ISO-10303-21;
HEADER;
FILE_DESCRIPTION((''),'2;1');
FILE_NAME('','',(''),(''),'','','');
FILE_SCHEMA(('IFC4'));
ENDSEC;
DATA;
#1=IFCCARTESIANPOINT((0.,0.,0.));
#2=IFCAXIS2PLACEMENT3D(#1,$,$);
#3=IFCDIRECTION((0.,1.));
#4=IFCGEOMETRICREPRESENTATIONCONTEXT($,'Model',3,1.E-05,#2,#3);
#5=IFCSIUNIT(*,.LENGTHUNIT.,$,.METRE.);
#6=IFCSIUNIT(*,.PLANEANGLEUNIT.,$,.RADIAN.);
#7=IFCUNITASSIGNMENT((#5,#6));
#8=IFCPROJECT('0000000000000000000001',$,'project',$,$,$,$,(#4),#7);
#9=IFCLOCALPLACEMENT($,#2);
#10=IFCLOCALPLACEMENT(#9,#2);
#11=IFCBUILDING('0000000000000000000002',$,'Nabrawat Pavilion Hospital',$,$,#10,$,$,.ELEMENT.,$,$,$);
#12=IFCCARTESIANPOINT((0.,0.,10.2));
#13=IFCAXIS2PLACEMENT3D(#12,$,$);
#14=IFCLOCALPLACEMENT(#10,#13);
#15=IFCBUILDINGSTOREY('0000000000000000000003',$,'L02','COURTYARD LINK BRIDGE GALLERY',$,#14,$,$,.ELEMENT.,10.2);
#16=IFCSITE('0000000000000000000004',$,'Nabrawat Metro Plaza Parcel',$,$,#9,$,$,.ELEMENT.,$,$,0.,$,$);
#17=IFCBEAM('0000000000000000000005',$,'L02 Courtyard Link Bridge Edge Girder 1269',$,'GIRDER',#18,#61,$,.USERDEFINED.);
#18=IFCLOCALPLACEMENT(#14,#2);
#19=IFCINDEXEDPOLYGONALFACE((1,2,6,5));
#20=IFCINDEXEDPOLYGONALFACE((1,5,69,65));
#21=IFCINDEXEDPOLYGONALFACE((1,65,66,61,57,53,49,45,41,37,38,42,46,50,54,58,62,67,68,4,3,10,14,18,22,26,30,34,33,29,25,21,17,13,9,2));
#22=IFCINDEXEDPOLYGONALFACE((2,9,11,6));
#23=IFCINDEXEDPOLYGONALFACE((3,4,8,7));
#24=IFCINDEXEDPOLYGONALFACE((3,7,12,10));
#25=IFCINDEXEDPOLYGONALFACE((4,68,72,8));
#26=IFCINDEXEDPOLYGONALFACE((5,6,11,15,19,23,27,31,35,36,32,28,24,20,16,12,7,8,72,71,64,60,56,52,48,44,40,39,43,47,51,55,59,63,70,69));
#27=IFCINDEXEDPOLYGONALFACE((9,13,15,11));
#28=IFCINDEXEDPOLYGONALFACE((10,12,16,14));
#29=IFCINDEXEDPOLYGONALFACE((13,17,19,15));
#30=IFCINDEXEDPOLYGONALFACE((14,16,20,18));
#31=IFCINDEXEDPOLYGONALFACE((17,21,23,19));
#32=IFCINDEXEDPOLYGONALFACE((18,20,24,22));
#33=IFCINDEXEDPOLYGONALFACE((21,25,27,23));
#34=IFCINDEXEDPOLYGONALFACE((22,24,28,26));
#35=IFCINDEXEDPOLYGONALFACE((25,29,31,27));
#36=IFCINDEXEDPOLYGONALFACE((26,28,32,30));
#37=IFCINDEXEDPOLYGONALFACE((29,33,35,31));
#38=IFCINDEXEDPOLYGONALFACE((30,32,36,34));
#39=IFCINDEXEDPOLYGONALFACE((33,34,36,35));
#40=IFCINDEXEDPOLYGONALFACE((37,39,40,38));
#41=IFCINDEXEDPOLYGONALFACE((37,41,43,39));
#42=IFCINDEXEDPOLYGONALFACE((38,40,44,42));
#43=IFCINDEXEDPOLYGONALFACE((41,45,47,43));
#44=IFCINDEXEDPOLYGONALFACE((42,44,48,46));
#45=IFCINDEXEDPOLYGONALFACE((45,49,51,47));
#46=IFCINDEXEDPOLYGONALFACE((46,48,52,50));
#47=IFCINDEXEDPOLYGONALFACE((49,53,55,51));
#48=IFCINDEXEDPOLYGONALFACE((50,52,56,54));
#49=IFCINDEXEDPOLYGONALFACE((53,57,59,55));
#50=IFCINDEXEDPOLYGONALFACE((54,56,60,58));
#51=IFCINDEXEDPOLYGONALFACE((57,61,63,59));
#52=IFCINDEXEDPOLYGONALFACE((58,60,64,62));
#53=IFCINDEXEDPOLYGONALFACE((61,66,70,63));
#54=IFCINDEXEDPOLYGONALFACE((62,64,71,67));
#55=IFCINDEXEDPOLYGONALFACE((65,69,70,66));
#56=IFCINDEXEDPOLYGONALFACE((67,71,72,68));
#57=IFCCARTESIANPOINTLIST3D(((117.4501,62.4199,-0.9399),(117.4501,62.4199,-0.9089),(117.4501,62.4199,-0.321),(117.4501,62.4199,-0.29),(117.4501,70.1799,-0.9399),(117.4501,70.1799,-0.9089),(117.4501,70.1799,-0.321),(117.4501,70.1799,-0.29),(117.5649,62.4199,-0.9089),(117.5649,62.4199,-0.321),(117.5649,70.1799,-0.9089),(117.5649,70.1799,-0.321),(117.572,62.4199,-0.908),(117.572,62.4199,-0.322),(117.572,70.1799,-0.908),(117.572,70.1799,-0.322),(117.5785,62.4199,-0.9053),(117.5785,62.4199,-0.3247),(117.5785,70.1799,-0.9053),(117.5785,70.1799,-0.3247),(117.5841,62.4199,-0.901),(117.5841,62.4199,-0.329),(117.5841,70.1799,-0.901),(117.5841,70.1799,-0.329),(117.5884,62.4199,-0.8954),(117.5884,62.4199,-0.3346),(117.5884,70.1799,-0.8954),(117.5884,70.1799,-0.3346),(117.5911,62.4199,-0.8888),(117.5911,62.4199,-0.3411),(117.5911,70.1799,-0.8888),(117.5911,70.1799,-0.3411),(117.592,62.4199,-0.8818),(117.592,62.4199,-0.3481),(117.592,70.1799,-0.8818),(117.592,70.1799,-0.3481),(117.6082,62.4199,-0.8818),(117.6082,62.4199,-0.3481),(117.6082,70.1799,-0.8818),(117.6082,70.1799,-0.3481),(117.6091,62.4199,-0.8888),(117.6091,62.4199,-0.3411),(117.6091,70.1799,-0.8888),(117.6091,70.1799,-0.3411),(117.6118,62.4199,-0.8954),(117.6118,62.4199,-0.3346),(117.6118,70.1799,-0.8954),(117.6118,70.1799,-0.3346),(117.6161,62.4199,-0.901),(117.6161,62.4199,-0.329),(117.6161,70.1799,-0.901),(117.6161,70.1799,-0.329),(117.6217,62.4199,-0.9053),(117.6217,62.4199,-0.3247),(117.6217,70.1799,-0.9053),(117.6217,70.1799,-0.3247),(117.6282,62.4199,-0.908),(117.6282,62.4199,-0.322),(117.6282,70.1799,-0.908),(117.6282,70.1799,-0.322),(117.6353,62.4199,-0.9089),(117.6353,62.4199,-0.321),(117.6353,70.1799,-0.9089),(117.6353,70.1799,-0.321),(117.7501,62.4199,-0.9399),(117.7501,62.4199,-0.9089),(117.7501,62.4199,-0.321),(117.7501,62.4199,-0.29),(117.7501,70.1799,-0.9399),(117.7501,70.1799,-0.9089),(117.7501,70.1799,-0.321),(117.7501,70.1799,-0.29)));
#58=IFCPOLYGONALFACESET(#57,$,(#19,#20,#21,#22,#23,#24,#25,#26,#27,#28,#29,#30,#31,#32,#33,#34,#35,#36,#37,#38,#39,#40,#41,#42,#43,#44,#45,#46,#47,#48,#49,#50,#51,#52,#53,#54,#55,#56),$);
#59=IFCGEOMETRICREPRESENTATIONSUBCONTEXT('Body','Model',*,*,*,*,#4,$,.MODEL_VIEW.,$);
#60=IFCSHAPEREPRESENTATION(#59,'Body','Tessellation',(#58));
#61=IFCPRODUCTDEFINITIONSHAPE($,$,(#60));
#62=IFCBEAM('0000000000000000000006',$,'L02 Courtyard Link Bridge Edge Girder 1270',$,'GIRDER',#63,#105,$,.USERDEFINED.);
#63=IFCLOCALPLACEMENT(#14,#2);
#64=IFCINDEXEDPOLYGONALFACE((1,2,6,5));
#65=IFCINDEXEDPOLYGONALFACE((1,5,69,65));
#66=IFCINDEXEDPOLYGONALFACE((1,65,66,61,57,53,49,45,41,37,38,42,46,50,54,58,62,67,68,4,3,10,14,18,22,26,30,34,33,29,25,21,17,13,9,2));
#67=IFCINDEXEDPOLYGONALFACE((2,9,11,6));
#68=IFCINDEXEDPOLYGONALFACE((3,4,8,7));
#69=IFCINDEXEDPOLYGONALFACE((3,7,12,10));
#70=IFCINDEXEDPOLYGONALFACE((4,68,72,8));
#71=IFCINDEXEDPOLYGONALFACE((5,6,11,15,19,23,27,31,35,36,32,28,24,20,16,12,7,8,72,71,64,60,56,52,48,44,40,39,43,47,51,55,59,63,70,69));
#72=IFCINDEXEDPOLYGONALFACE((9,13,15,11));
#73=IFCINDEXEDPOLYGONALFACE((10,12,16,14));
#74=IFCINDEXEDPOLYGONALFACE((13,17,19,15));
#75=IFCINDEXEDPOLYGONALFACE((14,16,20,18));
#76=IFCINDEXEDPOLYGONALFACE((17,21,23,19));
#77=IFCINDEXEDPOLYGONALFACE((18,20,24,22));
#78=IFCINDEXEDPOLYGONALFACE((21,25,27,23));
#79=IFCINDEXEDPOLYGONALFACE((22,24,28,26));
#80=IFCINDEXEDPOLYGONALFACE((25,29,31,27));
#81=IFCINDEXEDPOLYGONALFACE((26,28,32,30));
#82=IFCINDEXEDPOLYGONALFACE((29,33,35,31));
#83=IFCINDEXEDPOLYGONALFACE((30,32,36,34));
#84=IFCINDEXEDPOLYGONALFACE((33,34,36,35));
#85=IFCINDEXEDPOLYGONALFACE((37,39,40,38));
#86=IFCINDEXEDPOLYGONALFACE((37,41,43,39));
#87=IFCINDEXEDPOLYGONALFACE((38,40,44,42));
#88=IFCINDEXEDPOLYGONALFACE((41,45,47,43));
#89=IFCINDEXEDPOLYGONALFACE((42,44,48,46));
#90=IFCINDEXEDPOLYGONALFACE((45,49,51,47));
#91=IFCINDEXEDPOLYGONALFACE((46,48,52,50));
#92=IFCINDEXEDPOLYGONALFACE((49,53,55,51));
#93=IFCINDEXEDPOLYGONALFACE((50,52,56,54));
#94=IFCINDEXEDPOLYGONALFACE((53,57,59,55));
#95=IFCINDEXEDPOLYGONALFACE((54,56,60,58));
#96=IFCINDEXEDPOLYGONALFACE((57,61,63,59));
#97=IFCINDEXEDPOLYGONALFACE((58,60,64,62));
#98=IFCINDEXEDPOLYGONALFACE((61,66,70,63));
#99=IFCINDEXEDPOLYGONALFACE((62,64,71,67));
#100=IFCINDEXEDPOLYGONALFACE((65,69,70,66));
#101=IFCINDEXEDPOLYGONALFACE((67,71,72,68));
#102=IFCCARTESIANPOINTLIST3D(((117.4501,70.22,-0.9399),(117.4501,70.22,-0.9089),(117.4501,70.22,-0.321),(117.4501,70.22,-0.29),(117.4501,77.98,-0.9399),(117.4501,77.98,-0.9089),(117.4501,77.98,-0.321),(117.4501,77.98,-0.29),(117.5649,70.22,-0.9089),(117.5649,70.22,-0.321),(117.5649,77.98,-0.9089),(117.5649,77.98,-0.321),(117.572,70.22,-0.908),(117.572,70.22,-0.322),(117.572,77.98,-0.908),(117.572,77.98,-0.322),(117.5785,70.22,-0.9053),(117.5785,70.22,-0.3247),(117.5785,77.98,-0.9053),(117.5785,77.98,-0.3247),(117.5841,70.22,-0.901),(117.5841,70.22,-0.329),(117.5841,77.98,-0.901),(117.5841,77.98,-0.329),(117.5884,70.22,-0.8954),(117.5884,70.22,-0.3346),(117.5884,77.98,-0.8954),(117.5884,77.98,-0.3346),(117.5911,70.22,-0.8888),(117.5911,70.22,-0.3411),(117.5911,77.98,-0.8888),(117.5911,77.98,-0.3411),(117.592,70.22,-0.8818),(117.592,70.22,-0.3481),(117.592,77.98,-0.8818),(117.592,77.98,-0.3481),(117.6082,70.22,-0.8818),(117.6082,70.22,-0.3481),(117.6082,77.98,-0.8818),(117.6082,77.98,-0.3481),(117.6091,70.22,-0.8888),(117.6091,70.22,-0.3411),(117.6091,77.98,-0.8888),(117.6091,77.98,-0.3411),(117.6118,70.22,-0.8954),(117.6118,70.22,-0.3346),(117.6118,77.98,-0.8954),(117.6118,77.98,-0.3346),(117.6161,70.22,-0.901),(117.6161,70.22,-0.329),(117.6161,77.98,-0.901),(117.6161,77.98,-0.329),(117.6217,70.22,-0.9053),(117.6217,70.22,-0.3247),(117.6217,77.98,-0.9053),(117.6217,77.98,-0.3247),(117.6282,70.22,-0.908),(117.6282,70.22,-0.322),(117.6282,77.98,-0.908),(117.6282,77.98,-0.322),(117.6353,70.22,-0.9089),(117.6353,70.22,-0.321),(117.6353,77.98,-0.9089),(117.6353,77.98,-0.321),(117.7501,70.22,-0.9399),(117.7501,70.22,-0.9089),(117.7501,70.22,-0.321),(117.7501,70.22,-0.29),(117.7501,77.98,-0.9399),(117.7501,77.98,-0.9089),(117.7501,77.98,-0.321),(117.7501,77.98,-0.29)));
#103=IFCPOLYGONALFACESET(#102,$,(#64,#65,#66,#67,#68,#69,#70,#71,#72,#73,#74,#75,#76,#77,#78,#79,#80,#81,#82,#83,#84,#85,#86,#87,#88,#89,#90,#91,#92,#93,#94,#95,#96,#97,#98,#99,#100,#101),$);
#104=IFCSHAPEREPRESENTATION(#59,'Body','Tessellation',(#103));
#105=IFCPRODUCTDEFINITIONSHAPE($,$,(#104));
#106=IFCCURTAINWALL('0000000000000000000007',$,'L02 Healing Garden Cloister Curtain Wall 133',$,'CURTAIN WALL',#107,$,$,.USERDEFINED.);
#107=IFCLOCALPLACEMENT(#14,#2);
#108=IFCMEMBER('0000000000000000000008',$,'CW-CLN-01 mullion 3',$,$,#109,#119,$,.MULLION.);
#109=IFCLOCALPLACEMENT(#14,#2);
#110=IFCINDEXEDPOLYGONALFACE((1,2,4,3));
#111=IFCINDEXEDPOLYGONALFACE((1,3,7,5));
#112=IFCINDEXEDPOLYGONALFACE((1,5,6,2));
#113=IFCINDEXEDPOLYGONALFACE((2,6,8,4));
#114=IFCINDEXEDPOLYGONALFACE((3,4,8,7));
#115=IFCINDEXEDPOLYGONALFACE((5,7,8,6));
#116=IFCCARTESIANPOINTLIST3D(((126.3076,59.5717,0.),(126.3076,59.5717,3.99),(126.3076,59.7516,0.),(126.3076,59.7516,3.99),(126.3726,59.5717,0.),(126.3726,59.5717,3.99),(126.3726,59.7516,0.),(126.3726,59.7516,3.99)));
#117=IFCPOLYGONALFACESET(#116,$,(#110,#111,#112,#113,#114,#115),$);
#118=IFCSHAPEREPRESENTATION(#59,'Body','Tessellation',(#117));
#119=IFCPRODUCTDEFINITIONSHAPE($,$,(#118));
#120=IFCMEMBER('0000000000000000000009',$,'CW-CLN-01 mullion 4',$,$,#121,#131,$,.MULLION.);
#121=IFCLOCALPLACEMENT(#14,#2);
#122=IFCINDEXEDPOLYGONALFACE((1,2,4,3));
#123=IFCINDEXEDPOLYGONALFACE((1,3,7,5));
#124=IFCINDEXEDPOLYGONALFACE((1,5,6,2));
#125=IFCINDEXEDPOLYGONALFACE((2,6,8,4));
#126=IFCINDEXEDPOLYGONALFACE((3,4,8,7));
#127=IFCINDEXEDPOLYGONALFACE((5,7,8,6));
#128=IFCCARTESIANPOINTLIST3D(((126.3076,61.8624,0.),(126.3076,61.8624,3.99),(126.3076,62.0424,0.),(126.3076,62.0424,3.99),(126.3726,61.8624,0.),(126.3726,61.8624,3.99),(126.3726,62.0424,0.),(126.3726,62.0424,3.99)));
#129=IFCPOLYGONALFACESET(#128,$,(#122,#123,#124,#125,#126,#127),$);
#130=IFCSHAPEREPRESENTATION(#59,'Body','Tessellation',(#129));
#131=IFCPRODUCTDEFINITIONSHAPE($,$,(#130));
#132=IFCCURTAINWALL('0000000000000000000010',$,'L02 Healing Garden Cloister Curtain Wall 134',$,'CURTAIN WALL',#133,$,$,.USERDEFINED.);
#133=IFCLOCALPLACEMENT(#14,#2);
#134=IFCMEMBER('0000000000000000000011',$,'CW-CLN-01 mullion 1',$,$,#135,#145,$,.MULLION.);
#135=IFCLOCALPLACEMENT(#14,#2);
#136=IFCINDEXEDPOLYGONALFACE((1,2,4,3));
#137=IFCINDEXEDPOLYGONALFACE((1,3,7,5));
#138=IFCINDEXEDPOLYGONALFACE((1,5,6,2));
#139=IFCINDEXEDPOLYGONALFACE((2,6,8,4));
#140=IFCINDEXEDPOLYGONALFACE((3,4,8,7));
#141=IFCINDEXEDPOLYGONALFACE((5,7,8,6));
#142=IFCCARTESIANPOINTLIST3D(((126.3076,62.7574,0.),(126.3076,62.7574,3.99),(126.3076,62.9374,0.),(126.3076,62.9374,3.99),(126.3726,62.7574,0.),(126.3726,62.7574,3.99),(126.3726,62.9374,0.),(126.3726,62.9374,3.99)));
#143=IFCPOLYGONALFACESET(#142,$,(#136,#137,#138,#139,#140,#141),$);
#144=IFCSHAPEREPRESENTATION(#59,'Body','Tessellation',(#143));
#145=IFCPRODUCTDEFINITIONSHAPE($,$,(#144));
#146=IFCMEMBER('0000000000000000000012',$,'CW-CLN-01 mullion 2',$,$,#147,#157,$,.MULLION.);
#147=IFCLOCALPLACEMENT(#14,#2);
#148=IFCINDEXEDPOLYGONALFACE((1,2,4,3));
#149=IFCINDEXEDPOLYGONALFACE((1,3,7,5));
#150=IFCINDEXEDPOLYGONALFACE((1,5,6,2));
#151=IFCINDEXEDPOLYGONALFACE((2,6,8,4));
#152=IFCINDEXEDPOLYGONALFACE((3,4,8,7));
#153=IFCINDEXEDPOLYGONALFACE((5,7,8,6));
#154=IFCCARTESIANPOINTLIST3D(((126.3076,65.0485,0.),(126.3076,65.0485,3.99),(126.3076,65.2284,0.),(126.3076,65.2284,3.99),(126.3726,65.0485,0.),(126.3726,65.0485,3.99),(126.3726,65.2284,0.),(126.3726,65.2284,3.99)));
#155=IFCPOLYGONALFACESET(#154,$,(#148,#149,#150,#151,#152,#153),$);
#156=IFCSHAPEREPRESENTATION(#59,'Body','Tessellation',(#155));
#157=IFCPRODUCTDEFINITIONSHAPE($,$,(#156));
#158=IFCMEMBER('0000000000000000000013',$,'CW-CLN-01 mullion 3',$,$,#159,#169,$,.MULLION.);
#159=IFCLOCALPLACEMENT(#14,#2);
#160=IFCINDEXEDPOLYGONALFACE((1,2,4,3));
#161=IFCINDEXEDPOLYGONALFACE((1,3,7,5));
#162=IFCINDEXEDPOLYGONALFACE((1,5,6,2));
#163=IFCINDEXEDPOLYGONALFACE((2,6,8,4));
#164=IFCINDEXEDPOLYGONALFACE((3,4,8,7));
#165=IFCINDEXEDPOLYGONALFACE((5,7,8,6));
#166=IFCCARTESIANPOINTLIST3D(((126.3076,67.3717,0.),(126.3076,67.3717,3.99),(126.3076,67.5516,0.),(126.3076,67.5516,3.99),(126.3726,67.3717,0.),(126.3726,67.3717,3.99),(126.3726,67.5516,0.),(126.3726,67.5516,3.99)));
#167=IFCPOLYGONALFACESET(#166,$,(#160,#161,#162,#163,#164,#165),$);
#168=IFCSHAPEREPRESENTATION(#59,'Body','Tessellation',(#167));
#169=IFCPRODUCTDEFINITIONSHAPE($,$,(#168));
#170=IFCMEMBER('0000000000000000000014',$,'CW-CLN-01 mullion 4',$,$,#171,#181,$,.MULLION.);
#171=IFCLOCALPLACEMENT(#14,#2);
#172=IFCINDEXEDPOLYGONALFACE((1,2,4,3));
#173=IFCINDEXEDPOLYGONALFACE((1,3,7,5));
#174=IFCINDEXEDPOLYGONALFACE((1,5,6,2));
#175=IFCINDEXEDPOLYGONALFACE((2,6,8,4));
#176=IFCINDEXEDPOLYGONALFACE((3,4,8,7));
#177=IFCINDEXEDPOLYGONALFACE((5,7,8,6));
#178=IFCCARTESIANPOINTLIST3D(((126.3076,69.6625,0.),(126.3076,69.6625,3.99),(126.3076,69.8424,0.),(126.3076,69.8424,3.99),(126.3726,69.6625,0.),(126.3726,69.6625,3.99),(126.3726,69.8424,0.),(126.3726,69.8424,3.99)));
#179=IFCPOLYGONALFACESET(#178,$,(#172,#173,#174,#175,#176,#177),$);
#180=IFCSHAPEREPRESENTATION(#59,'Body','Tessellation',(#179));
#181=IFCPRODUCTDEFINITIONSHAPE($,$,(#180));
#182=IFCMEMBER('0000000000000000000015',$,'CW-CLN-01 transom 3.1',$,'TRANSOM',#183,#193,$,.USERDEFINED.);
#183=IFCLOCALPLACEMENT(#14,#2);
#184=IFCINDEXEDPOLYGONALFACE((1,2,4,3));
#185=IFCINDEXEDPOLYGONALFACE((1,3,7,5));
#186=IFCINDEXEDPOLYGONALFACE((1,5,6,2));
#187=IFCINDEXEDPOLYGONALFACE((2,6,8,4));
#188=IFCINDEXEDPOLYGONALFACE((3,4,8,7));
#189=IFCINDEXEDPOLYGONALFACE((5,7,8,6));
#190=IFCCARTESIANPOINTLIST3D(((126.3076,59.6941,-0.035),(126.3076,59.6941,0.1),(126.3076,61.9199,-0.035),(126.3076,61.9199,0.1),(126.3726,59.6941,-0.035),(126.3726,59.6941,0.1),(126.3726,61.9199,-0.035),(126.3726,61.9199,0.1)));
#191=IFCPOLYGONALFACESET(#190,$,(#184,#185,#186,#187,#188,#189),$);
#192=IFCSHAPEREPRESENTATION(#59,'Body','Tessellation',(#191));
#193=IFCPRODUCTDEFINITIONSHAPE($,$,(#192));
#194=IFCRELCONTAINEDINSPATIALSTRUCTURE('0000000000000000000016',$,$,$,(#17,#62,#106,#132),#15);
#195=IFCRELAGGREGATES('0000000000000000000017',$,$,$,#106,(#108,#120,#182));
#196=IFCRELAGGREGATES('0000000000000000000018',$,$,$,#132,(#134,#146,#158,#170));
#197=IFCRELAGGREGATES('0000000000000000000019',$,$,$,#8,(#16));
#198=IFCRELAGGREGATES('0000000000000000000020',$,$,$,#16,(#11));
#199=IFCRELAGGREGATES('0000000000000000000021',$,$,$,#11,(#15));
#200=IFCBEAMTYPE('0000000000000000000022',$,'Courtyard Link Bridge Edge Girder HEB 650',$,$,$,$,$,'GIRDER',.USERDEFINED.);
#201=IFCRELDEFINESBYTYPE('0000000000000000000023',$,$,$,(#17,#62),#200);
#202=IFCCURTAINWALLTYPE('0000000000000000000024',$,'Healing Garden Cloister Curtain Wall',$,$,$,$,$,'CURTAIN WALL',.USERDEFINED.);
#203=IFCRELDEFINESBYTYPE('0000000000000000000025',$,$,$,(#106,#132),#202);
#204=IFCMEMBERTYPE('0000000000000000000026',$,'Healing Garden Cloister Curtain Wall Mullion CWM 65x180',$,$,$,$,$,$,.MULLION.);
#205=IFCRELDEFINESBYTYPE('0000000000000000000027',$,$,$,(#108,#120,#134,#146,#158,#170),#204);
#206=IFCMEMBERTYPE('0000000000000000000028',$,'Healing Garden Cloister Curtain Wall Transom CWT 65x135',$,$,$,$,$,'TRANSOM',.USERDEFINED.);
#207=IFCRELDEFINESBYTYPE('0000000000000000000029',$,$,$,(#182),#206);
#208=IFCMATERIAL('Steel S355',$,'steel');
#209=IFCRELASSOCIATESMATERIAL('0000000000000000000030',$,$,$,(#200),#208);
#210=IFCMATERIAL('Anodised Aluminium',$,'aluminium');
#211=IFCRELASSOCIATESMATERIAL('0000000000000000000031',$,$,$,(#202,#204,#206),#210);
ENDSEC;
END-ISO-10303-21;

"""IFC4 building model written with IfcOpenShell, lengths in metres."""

from ifc_helpers import new_model, si_unit, direction, frame, origin, origin_2d, place, context, subcontext, project, spatial, rectangle, i_section, extrude, material, material_profile, profile_set, type_object, element, aggregate, save


model = new_model("IFC4")

# Units and contexts
model_context = context("Model", 3, precision=1e-05, world=origin(), true_north=direction((0.0, 1.0)))
body_context = subcontext(model_context, "Body", "Model", "MODEL_VIEW")
ifc_project = project(units=[si_unit("LENGTHUNIT", "METRE"), si_unit("PLANEANGLEUNIT", "RADIAN")], contexts=[model_context])

# Site, building, storey
site_placement = place(None, origin())
site = spatial("IfcSite", under=ifc_project, at=site_placement, Name="Nabrawat Metro Plaza Parcel", CompositionType="ELEMENT", RefElevation=0.0)
building_placement = place(site_placement, origin())
building = spatial("IfcBuilding", under=site, at=building_placement, Name="Nabrawat Pavilion Hospital", CompositionType="ELEMENT")
storey_placement = place(building_placement, frame((0.0, 0.0, 10.2)))
storey = spatial("IfcBuildingStorey", under=building, at=storey_placement, Name="L02", Description="COURTYARD LINK BRIDGE GALLERY", CompositionType="ELEMENT", Elevation=10.2)

# Shared definitions
ifc_material_1 = material(Name="Steel S355", Category="steel")

# Beams
ifc_material_profile_1 = material_profile(ifc_material_1, i_section(OverallWidth=0.3, OverallDepth=0.6499, WebThickness=0.0161, FlangeThickness=0.031, FilletRadius=0.0271, at=origin_2d()), Name="HEB 650")
ifc_profile_set_1 = profile_set([ifc_material_profile_1], Name="Steel S355")
beam_type_1 = type_object("IfcBeamType", Name="Courtyard Link Bridge Edge Girder HEB 650", ElementType="GIRDER", PredefinedType="USERDEFINED", material=ifc_profile_set_1)
for number, where, z_axis, x_axis, name in (
    (1, (117.6001, 62.4199, -0.615), (0.0, 1.0, 0.0), (-1.0, 0.0, 0.0), "L02 Courtyard Link Bridge Edge Girder 1269"),
    (2, (117.6001, 70.22, -0.615), (0.0, 1.0, 0.0), (-1.0, 0.0, 0.0), "L02 Courtyard Link Bridge Edge Girder 1270"),
):
    element("IfcBeam", number, at=place(storey_placement, frame(where, z_axis=z_axis, x_axis=x_axis)), inside=storey, type_object=beam_type_1, Name=name, ObjectType="GIRDER", PredefinedType="USERDEFINED", context=body_context, shape_type="SweptSolid", body=[
        extrude(i_section(OverallWidth=0.3, OverallDepth=0.6499, WebThickness=0.0161, FlangeThickness=0.031, FilletRadius=0.0271, at=origin_2d()), origin(), (0.0, 0.0, 1.0), 7.76),
    ])

# Curtain walls, members
ifc_material_2 = material(Name="Anodised Aluminium", Category="aluminium")
curtain_wall_type = type_object("IfcCurtainWallType", Name="Healing Garden Cloister Curtain Wall", ElementType="CURTAIN WALL", PredefinedType="USERDEFINED", material=ifc_material_2)
curtain_wall_1_placement = place(storey_placement, origin())
curtain_wall_1 = element("IfcCurtainWall", 3, at=curtain_wall_1_placement, inside=storey, type_object=curtain_wall_type, Name="L02 Healing Garden Cloister Curtain Wall 133", ObjectType="CURTAIN WALL", PredefinedType="USERDEFINED")
ifc_material_profile_2 = material_profile(ifc_material_2, rectangle(XDim=0.0649, YDim=0.1799, at=origin_2d()), Name="CWM 65x180")
ifc_profile_set_2 = profile_set([ifc_material_profile_2], Name="Anodised Aluminium")
member_type_1 = type_object("IfcMemberType", Name="Healing Garden Cloister Curtain Wall Mullion CWM 65x180", PredefinedType="MULLION", material=ifc_profile_set_2)
member_1_placement = place(storey_placement, frame((126.3401, 59.6616, 0.0), z_axis=(0.0, 0.0, 1.0), x_axis=(-1.0, 0.0, 0.0)))
member_1 = element("IfcMember", 4, at=member_1_placement, type_object=member_type_1, Name="CW-CLN-01 mullion 3", PredefinedType="MULLION", context=body_context, shape_type="SweptSolid", body=[
    extrude(rectangle(XDim=0.0649, YDim=0.1799, at=origin_2d()), origin(), (0.0, 0.0, 1.0), 3.99),
])
member_2_placement = place(storey_placement, frame((126.3401, 61.9524, 0.0), z_axis=(0.0, 0.0, 1.0), x_axis=(-1.0, 0.0, 0.0)))
member_2 = element("IfcMember", 5, at=member_2_placement, type_object=member_type_1, Name="CW-CLN-01 mullion 4", PredefinedType="MULLION", context=body_context, shape_type="SweptSolid", body=[
    extrude(rectangle(XDim=0.0649, YDim=0.1799, at=origin_2d()), origin(), (0.0, 0.0, 1.0), 3.99),
])
curtain_wall_2_placement = place(storey_placement, origin())
curtain_wall_2 = element("IfcCurtainWall", 6, at=curtain_wall_2_placement, inside=storey, type_object=curtain_wall_type, Name="L02 Healing Garden Cloister Curtain Wall 134", ObjectType="CURTAIN WALL", PredefinedType="USERDEFINED")
member_3_placement = place(storey_placement, frame((126.3401, 62.8474, 0.0), z_axis=(0.0, 0.0, 1.0), x_axis=(-1.0, 0.0, 0.0)))
member_3 = element("IfcMember", 7, at=member_3_placement, type_object=member_type_1, Name="CW-CLN-01 mullion 1", PredefinedType="MULLION", context=body_context, shape_type="SweptSolid", body=[
    extrude(rectangle(XDim=0.0649, YDim=0.1799, at=origin_2d()), origin(), (0.0, 0.0, 1.0), 3.99),
])
member_4_placement = place(storey_placement, frame((126.3401, 65.1384, 0.0), z_axis=(0.0, 0.0, 1.0), x_axis=(-1.0, 0.0, 0.0)))
member_4 = element("IfcMember", 8, at=member_4_placement, type_object=member_type_1, Name="CW-CLN-01 mullion 2", PredefinedType="MULLION", context=body_context, shape_type="SweptSolid", body=[
    extrude(rectangle(XDim=0.0649, YDim=0.1799, at=origin_2d()), origin(), (0.0, 0.0, 1.0), 3.99),
])
member_5_placement = place(storey_placement, frame((126.3401, 67.4617, 0.0), z_axis=(0.0, 0.0, 1.0), x_axis=(-1.0, 0.0, 0.0)))
member_5 = element("IfcMember", 9, at=member_5_placement, type_object=member_type_1, Name="CW-CLN-01 mullion 3", PredefinedType="MULLION", context=body_context, shape_type="SweptSolid", body=[
    extrude(rectangle(XDim=0.0649, YDim=0.1799, at=origin_2d()), origin(), (0.0, 0.0, 1.0), 3.99),
])
member_6_placement = place(storey_placement, frame((126.3401, 69.7524, 0.0), z_axis=(0.0, 0.0, 1.0), x_axis=(-1.0, 0.0, 0.0)))
member_6 = element("IfcMember", 10, at=member_6_placement, type_object=member_type_1, Name="CW-CLN-01 mullion 4", PredefinedType="MULLION", context=body_context, shape_type="SweptSolid", body=[
    extrude(rectangle(XDim=0.0649, YDim=0.1799, at=origin_2d()), origin(), (0.0, 0.0, 1.0), 3.99),
])

# Member
ifc_material_profile_3 = material_profile(ifc_material_2, rectangle(XDim=0.0649, YDim=0.135, at=origin_2d()), Name="CWT 65x135")
ifc_profile_set_3 = profile_set([ifc_material_profile_3], Name="Anodised Aluminium")
member_type_2 = type_object("IfcMemberType", Name="Healing Garden Cloister Curtain Wall Transom CWT 65x135", ElementType="TRANSOM", PredefinedType="USERDEFINED", material=ifc_profile_set_3)
member_7_placement = place(storey_placement, frame((126.3401, 59.6941, 0.0325), z_axis=(0.0, 1.0, 0.0), x_axis=(-1.0, 0.0, 0.0)))
member_7 = element("IfcMember", 11, at=member_7_placement, type_object=member_type_2, Name="CW-CLN-01 transom 3.1", ObjectType="TRANSOM", PredefinedType="USERDEFINED", context=body_context, shape_type="SweptSolid", body=[
    extrude(rectangle(XDim=0.0649, YDim=0.135, at=origin_2d()), origin(), (0.0, 0.0, 1.0), 2.2258),
])

aggregate(curtain_wall_1, [member_1, member_2, member_7])
aggregate(curtain_wall_2, [member_3, member_4, member_5, member_6])

save(model, "model.ifc")
